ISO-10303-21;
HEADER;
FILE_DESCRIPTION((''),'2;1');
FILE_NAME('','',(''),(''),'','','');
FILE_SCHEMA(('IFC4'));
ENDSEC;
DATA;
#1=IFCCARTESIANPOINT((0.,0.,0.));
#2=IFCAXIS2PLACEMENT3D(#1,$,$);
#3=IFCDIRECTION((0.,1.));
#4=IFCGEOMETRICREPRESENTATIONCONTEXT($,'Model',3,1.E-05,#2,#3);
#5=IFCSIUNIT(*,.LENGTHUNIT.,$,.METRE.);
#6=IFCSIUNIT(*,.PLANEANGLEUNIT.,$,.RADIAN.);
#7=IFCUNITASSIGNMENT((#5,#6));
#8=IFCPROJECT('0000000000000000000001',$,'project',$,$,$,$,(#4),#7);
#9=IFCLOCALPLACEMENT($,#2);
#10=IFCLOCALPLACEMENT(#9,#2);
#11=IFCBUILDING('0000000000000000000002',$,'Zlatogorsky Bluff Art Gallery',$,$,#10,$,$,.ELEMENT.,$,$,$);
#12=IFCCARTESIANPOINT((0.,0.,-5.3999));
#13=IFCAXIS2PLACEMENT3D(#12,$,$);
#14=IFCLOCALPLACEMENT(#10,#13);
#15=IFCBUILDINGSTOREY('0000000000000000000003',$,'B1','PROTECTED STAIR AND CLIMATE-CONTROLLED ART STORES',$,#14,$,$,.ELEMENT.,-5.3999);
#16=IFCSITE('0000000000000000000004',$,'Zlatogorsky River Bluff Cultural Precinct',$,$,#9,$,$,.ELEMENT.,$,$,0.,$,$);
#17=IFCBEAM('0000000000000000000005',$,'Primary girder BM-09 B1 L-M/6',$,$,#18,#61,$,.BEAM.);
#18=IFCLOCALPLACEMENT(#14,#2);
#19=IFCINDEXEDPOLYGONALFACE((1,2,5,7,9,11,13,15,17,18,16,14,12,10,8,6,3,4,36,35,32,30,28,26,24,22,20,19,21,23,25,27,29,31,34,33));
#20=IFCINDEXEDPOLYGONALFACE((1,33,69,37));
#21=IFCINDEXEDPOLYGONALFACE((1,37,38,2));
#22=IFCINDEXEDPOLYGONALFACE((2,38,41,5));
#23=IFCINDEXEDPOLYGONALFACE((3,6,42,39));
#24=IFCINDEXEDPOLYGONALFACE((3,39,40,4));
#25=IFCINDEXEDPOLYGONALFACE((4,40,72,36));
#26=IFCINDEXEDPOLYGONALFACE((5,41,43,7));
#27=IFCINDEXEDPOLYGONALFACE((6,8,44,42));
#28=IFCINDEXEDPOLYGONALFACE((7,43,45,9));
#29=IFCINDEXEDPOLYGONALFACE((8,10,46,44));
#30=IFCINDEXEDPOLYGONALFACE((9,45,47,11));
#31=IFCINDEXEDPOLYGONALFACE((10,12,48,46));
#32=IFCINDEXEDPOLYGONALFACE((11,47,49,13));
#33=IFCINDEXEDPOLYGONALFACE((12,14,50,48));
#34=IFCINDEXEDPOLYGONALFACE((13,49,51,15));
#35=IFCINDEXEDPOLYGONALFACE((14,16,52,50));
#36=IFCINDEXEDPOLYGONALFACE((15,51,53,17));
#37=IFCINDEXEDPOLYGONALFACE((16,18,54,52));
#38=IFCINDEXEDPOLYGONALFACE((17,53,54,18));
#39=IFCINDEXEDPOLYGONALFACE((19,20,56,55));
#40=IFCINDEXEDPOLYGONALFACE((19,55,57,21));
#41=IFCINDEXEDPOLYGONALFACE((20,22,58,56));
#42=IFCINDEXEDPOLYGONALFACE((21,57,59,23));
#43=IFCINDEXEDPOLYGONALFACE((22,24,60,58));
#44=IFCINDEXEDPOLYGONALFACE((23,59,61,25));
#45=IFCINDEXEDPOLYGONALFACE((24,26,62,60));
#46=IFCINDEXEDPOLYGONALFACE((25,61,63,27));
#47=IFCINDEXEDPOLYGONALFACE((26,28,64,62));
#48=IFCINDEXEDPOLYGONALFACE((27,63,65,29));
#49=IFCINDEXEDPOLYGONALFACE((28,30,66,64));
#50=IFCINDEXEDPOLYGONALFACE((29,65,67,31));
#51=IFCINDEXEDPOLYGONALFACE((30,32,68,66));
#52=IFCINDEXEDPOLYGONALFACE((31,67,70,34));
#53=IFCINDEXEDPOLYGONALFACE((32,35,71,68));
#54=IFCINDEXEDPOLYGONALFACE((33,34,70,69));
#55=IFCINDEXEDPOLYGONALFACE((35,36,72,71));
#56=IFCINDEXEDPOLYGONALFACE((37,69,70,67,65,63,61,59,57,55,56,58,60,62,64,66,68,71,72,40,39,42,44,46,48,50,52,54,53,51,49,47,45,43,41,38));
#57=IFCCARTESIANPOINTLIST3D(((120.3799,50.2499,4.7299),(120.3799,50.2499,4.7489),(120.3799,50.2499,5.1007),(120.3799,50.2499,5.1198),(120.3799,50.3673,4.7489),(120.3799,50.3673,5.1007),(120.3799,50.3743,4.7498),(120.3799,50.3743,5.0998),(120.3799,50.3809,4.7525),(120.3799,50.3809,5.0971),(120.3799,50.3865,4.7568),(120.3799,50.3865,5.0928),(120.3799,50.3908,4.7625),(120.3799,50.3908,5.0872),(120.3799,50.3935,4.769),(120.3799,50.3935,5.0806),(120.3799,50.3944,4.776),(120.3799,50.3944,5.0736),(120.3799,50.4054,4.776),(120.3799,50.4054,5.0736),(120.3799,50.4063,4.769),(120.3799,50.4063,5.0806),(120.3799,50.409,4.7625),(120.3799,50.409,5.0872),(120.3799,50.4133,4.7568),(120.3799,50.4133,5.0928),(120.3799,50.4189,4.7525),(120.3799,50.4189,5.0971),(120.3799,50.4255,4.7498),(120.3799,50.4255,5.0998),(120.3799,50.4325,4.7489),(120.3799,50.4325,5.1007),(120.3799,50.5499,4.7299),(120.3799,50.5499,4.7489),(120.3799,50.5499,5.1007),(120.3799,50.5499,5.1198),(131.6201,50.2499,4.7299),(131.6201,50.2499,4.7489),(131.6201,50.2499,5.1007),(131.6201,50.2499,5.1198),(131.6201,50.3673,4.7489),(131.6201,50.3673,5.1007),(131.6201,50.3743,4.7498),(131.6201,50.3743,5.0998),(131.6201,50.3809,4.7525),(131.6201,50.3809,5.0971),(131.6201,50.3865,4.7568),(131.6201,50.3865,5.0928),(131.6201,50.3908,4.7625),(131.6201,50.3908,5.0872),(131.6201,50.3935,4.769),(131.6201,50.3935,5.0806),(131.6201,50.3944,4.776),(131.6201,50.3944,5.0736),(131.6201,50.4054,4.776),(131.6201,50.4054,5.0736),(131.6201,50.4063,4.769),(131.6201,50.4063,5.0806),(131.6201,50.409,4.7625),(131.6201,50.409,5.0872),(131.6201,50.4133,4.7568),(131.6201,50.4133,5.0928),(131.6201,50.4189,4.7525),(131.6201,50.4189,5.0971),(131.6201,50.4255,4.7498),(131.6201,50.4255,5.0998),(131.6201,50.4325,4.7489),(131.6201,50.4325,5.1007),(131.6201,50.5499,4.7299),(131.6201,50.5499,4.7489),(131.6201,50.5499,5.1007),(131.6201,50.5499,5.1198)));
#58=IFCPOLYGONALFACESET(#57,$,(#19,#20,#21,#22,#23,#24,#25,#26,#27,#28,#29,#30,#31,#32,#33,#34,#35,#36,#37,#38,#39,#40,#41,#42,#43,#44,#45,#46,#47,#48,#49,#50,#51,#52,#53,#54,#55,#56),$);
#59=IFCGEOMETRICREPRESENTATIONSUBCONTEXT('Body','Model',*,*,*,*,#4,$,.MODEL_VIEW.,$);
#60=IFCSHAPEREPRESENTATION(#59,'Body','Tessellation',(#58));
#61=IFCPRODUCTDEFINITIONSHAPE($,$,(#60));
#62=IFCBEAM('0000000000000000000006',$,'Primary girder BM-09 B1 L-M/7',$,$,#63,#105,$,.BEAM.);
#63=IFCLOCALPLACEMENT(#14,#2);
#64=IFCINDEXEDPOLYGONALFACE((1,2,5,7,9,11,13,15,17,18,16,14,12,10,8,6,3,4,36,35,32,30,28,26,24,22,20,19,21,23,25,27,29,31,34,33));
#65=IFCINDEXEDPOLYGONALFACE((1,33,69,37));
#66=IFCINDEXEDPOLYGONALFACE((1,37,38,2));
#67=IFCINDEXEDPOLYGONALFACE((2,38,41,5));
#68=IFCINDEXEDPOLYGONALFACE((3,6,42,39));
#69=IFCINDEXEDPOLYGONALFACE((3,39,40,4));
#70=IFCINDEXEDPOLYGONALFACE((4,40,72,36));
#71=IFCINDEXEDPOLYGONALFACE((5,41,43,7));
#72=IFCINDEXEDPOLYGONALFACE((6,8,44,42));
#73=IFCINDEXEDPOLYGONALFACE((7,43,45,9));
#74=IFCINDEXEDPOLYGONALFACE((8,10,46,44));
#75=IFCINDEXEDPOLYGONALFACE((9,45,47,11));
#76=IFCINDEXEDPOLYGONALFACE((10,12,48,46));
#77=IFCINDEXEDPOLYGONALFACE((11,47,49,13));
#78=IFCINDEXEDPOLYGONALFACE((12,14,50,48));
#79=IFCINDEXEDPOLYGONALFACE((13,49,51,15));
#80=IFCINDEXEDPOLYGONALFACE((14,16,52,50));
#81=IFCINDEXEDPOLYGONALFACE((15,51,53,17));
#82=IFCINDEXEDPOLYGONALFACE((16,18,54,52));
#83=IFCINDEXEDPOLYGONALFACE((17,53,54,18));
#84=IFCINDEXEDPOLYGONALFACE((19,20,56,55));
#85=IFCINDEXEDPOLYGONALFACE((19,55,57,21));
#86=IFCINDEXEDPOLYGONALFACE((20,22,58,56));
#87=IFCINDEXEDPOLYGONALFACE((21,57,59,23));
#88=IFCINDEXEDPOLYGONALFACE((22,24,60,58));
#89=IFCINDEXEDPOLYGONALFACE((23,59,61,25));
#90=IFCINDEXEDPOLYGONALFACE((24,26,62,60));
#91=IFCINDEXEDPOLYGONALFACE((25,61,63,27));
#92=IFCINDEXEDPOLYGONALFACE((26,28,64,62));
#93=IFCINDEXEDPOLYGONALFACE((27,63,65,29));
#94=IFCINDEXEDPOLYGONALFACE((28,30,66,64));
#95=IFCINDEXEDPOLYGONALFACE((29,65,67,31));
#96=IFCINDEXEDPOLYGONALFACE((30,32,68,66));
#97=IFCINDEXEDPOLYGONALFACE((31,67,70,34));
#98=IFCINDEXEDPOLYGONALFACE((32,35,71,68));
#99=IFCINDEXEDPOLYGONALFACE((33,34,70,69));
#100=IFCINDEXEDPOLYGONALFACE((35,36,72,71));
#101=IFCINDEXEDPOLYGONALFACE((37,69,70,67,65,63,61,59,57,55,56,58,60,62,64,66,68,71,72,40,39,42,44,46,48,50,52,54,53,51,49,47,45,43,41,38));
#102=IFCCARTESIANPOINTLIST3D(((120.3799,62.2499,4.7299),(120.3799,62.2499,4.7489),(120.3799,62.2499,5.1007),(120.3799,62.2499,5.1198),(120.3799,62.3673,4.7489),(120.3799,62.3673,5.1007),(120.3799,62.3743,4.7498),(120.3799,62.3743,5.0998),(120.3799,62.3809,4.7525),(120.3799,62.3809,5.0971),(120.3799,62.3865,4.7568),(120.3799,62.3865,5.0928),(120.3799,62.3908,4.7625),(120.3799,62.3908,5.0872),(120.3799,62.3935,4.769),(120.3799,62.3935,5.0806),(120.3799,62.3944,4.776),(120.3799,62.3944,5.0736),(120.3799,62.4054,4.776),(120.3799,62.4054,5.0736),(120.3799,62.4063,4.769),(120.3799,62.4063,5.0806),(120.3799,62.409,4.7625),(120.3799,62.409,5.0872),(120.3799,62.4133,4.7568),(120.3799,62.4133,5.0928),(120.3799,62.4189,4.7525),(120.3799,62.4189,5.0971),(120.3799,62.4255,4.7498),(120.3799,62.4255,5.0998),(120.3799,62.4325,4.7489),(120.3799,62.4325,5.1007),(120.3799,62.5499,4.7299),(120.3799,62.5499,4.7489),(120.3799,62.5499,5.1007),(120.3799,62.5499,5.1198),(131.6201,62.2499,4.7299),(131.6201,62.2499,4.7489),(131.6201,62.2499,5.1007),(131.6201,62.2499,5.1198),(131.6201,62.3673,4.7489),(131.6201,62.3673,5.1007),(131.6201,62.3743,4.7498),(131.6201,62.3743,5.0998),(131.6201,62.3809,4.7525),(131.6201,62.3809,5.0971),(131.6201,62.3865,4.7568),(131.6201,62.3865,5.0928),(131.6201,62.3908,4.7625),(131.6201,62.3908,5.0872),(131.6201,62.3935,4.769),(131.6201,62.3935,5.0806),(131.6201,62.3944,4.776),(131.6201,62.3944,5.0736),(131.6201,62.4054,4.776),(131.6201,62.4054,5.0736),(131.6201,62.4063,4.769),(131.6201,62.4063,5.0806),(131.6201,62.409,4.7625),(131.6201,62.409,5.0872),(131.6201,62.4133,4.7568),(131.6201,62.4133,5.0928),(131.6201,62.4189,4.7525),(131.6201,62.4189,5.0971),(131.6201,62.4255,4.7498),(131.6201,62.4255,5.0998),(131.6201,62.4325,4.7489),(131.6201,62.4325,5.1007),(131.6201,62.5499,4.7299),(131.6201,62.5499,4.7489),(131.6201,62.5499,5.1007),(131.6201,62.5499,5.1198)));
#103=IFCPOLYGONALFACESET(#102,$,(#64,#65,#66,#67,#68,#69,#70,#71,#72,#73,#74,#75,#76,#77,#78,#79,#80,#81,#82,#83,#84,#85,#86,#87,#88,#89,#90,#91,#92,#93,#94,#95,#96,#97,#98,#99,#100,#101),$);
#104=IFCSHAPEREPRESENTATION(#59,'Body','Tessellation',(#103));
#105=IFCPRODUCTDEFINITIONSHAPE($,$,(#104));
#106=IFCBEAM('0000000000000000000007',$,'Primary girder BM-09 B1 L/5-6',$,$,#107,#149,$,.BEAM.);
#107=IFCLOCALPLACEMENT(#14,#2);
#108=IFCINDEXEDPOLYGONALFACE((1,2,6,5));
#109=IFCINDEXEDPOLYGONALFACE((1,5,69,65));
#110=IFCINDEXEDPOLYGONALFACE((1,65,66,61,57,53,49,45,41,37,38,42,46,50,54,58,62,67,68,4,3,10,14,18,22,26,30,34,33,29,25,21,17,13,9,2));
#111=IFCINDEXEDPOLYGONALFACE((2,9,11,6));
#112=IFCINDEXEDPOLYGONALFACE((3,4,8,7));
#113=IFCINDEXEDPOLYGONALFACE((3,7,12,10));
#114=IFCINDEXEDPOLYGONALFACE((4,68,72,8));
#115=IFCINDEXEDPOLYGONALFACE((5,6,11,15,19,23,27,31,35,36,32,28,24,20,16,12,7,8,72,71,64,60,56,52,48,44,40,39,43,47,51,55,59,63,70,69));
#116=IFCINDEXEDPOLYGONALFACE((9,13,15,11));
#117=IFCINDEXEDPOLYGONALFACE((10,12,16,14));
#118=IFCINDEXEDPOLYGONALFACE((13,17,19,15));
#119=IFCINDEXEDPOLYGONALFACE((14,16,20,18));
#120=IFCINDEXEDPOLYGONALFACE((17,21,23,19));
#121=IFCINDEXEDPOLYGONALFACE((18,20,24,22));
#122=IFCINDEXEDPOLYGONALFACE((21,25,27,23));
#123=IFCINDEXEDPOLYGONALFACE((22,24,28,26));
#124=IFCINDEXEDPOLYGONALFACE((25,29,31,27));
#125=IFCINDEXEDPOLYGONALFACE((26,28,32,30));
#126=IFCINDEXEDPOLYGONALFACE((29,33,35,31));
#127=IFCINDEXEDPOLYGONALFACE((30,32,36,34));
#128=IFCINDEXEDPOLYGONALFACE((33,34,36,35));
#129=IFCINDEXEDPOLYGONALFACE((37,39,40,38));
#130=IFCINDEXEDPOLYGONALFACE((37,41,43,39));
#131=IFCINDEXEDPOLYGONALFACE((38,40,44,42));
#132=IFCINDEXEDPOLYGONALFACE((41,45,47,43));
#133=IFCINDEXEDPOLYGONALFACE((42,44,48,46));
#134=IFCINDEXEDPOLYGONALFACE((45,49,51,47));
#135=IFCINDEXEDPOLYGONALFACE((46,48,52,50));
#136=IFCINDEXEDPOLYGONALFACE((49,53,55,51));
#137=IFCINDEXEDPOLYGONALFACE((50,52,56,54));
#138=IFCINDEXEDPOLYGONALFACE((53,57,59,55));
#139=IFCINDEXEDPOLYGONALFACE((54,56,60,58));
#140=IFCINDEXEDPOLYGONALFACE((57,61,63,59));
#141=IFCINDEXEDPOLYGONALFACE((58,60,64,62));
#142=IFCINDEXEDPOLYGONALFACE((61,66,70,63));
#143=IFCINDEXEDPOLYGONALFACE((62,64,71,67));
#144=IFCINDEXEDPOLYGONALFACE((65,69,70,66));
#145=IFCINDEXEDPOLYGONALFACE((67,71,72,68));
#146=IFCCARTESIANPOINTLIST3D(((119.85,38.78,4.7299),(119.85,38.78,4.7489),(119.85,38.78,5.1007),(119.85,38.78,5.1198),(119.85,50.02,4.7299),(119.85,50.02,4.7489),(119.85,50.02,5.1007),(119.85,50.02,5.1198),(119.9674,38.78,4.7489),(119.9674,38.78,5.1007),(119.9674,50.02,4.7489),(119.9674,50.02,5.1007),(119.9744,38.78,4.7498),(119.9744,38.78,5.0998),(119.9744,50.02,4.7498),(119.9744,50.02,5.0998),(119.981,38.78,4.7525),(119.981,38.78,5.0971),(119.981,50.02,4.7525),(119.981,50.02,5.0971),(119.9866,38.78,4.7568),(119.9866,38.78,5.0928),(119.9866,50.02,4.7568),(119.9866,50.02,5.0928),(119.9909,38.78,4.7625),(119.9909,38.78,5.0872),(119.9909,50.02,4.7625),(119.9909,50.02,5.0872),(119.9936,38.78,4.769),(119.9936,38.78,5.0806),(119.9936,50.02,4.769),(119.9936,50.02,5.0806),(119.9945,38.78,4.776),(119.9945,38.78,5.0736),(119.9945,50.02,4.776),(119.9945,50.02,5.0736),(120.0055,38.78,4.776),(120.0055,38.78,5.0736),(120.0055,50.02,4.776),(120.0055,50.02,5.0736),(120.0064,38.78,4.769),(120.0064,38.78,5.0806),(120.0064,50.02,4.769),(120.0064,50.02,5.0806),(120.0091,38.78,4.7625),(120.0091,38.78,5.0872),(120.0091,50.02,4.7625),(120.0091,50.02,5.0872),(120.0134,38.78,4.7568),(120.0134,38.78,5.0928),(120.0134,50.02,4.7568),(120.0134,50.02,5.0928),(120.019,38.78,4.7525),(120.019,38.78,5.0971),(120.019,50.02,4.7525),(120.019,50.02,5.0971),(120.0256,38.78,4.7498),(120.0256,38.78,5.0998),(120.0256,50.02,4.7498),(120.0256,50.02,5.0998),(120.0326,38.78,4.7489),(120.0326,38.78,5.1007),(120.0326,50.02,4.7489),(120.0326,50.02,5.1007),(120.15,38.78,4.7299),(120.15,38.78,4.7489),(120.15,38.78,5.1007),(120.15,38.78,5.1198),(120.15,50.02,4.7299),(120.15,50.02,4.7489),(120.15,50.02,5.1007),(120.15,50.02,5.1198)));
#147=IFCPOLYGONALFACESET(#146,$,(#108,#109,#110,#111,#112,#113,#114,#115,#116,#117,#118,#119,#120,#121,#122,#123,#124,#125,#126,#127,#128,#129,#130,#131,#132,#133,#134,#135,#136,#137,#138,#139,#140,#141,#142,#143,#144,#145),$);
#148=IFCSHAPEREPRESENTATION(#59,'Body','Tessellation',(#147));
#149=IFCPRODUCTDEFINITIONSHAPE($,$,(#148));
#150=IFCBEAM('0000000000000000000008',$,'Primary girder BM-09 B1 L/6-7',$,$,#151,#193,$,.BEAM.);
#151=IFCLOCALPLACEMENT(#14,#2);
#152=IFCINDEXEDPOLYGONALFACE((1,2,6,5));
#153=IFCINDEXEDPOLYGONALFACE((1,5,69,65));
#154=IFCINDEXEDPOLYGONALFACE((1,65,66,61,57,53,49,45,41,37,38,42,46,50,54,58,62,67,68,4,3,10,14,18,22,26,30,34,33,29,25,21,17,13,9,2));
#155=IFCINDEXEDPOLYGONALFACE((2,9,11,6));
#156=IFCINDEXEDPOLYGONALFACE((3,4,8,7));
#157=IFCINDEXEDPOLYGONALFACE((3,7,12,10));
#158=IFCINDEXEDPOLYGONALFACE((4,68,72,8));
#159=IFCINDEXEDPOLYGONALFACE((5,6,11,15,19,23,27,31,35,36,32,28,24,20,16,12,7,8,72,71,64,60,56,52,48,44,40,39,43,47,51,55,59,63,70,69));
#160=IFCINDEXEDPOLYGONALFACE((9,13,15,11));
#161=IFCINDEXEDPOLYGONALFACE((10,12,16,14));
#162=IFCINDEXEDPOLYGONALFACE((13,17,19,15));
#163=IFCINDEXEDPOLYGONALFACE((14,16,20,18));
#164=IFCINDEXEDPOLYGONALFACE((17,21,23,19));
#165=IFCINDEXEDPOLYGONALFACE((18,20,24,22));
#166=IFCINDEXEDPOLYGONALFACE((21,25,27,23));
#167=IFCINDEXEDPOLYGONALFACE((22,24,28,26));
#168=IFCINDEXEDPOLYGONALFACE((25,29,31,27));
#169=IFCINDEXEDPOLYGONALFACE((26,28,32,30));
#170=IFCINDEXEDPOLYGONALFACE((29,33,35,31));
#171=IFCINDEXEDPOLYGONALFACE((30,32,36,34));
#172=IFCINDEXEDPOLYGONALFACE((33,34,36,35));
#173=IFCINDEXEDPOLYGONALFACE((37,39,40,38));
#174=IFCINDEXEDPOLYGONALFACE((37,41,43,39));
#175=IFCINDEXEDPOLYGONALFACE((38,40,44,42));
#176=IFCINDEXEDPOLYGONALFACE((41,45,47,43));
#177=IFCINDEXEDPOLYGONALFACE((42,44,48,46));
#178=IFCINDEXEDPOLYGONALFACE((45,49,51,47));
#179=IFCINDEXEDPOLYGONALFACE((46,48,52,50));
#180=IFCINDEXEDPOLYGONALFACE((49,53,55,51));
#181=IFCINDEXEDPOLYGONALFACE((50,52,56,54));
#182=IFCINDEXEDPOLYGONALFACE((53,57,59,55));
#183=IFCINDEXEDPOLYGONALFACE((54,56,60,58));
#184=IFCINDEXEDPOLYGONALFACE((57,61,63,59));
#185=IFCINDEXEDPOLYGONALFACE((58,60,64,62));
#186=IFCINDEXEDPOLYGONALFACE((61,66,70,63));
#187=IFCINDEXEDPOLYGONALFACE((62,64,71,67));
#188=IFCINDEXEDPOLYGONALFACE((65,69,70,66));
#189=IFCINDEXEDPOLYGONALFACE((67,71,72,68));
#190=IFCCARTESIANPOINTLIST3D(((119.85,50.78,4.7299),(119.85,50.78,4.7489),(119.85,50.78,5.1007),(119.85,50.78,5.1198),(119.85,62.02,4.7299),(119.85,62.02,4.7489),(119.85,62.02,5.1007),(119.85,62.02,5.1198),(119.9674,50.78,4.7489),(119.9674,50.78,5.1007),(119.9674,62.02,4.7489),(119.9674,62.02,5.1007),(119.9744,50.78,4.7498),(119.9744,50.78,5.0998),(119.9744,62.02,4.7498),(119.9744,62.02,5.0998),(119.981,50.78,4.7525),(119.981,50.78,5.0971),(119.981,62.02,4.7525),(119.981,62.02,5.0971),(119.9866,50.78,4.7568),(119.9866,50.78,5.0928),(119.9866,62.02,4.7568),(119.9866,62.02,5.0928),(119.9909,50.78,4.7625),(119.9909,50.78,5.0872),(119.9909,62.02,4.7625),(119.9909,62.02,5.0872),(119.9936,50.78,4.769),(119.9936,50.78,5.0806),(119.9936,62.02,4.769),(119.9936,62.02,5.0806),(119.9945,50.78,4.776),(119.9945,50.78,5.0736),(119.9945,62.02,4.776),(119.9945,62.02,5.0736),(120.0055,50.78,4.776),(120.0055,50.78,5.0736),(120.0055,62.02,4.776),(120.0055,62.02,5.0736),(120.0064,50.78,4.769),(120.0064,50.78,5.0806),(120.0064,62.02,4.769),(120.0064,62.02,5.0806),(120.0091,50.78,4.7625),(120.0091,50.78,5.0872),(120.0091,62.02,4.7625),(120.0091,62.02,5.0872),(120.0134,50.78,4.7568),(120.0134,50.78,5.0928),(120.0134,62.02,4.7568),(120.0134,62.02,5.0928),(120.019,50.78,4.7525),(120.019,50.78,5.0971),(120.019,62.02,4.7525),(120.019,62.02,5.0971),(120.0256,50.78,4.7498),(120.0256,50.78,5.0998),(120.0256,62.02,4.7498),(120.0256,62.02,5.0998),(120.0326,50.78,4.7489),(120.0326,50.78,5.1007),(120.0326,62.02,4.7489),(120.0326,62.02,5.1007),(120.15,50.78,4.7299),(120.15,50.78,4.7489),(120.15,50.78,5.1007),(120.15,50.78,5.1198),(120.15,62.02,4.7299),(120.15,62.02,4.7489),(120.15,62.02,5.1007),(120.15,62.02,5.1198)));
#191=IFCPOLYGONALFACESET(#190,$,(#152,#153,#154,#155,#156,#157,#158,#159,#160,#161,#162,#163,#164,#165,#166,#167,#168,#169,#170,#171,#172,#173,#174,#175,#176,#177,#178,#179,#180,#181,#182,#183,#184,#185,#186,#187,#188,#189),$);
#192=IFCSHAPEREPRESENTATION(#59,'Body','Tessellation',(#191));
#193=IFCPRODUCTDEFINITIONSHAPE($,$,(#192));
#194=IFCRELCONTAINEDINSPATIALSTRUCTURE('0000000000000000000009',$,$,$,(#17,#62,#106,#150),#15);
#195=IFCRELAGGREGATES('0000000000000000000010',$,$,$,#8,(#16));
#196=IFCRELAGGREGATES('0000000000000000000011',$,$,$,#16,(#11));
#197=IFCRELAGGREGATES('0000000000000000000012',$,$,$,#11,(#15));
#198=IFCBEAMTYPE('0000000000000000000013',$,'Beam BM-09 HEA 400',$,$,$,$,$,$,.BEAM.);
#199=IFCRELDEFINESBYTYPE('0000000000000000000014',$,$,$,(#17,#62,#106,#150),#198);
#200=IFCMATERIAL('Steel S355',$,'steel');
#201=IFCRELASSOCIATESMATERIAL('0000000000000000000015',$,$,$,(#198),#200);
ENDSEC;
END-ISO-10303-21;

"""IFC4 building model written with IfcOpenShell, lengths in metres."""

from ifc_helpers import new_model, si_unit, direction, frame, origin, origin_2d, place, context, subcontext, project, spatial, i_section, extrude, material, material_profile, profile_set, type_object, element, save


model = new_model("IFC4")

# Units and contexts
model_context = context("Model", 3, precision=1e-05, world=origin(), true_north=direction((0.0, 1.0)))
body_context = subcontext(model_context, "Body", "Model", "MODEL_VIEW")
ifc_project = project(units=[si_unit("LENGTHUNIT", "METRE"), si_unit("PLANEANGLEUNIT", "RADIAN")], contexts=[model_context])

# Site, building, storey
site_placement = place(None, origin())
site = spatial("IfcSite", under=ifc_project, at=site_placement, Name="Zlatogorsky River Bluff Cultural Precinct", CompositionType="ELEMENT", RefElevation=0.0)
building_placement = place(site_placement, origin())
building = spatial("IfcBuilding", under=site, at=building_placement, Name="Zlatogorsky Bluff Art Gallery", CompositionType="ELEMENT")
storey_placement = place(building_placement, frame((0.0, 0.0, -5.3999)))
storey = spatial("IfcBuildingStorey", under=building, at=storey_placement, Name="B1", Description="PROTECTED STAIR AND CLIMATE-CONTROLLED ART STORES", CompositionType="ELEMENT", Elevation=-5.3999)

# Beams
ifc_material_1 = material(Name="Steel S355", Category="steel")
ifc_material_profile_1 = material_profile(ifc_material_1, i_section(OverallWidth=0.3, OverallDepth=0.3899, WebThickness=0.011, FlangeThickness=0.019, FilletRadius=0.0271, at=origin_2d()), Name="HEA 400")
ifc_profile_set_1 = profile_set([ifc_material_profile_1], Name="Steel S355")
beam_type_1 = type_object("IfcBeamType", Name="Beam BM-09 HEA 400", PredefinedType="BEAM", material=ifc_profile_set_1)
for number, where, z_axis, x_axis, name in (
    (1, (120.3799, 50.3999, 4.9248), (1.0, 0.0, 0.0), (0.0, 1.0, 0.0), "Primary girder BM-09 B1 L-M/6"),
    (2, (120.3799, 62.3999, 4.9248), (1.0, 0.0, 0.0), (0.0, 1.0, 0.0), "Primary girder BM-09 B1 L-M/7"),
):
    element("IfcBeam", number, at=place(storey_placement, frame(where, z_axis=z_axis, x_axis=x_axis)), inside=storey, type_object=beam_type_1, Name=name, PredefinedType="BEAM", context=body_context, shape_type="SweptSolid", body=[
        extrude(i_section(OverallWidth=0.3, OverallDepth=0.3899, WebThickness=0.011, FlangeThickness=0.019, FilletRadius=0.0271, at=origin_2d()), origin(), (0.0, 0.0, 1.0), 11.2402),
    ])
for number, where, z_axis, x_axis, name in (
    (3, (120.0, 38.78, 4.9248), (0.0, 1.0, 0.0), (-1.0, 0.0, 0.0), "Primary girder BM-09 B1 L/5-6"),
    (4, (120.0, 50.78, 4.9248), (0.0, 1.0, 0.0), (-1.0, 0.0, 0.0), "Primary girder BM-09 B1 L/6-7"),
):
    element("IfcBeam", number, at=place(storey_placement, frame(where, z_axis=z_axis, x_axis=x_axis)), inside=storey, type_object=beam_type_1, Name=name, PredefinedType="BEAM", context=body_context, shape_type="SweptSolid", body=[
        extrude(i_section(OverallWidth=0.3, OverallDepth=0.3899, WebThickness=0.011, FlangeThickness=0.019, FilletRadius=0.0271, at=origin_2d()), origin(), (0.0, 0.0, 1.0), 11.24),
    ])

save(model, "model.ifc")
